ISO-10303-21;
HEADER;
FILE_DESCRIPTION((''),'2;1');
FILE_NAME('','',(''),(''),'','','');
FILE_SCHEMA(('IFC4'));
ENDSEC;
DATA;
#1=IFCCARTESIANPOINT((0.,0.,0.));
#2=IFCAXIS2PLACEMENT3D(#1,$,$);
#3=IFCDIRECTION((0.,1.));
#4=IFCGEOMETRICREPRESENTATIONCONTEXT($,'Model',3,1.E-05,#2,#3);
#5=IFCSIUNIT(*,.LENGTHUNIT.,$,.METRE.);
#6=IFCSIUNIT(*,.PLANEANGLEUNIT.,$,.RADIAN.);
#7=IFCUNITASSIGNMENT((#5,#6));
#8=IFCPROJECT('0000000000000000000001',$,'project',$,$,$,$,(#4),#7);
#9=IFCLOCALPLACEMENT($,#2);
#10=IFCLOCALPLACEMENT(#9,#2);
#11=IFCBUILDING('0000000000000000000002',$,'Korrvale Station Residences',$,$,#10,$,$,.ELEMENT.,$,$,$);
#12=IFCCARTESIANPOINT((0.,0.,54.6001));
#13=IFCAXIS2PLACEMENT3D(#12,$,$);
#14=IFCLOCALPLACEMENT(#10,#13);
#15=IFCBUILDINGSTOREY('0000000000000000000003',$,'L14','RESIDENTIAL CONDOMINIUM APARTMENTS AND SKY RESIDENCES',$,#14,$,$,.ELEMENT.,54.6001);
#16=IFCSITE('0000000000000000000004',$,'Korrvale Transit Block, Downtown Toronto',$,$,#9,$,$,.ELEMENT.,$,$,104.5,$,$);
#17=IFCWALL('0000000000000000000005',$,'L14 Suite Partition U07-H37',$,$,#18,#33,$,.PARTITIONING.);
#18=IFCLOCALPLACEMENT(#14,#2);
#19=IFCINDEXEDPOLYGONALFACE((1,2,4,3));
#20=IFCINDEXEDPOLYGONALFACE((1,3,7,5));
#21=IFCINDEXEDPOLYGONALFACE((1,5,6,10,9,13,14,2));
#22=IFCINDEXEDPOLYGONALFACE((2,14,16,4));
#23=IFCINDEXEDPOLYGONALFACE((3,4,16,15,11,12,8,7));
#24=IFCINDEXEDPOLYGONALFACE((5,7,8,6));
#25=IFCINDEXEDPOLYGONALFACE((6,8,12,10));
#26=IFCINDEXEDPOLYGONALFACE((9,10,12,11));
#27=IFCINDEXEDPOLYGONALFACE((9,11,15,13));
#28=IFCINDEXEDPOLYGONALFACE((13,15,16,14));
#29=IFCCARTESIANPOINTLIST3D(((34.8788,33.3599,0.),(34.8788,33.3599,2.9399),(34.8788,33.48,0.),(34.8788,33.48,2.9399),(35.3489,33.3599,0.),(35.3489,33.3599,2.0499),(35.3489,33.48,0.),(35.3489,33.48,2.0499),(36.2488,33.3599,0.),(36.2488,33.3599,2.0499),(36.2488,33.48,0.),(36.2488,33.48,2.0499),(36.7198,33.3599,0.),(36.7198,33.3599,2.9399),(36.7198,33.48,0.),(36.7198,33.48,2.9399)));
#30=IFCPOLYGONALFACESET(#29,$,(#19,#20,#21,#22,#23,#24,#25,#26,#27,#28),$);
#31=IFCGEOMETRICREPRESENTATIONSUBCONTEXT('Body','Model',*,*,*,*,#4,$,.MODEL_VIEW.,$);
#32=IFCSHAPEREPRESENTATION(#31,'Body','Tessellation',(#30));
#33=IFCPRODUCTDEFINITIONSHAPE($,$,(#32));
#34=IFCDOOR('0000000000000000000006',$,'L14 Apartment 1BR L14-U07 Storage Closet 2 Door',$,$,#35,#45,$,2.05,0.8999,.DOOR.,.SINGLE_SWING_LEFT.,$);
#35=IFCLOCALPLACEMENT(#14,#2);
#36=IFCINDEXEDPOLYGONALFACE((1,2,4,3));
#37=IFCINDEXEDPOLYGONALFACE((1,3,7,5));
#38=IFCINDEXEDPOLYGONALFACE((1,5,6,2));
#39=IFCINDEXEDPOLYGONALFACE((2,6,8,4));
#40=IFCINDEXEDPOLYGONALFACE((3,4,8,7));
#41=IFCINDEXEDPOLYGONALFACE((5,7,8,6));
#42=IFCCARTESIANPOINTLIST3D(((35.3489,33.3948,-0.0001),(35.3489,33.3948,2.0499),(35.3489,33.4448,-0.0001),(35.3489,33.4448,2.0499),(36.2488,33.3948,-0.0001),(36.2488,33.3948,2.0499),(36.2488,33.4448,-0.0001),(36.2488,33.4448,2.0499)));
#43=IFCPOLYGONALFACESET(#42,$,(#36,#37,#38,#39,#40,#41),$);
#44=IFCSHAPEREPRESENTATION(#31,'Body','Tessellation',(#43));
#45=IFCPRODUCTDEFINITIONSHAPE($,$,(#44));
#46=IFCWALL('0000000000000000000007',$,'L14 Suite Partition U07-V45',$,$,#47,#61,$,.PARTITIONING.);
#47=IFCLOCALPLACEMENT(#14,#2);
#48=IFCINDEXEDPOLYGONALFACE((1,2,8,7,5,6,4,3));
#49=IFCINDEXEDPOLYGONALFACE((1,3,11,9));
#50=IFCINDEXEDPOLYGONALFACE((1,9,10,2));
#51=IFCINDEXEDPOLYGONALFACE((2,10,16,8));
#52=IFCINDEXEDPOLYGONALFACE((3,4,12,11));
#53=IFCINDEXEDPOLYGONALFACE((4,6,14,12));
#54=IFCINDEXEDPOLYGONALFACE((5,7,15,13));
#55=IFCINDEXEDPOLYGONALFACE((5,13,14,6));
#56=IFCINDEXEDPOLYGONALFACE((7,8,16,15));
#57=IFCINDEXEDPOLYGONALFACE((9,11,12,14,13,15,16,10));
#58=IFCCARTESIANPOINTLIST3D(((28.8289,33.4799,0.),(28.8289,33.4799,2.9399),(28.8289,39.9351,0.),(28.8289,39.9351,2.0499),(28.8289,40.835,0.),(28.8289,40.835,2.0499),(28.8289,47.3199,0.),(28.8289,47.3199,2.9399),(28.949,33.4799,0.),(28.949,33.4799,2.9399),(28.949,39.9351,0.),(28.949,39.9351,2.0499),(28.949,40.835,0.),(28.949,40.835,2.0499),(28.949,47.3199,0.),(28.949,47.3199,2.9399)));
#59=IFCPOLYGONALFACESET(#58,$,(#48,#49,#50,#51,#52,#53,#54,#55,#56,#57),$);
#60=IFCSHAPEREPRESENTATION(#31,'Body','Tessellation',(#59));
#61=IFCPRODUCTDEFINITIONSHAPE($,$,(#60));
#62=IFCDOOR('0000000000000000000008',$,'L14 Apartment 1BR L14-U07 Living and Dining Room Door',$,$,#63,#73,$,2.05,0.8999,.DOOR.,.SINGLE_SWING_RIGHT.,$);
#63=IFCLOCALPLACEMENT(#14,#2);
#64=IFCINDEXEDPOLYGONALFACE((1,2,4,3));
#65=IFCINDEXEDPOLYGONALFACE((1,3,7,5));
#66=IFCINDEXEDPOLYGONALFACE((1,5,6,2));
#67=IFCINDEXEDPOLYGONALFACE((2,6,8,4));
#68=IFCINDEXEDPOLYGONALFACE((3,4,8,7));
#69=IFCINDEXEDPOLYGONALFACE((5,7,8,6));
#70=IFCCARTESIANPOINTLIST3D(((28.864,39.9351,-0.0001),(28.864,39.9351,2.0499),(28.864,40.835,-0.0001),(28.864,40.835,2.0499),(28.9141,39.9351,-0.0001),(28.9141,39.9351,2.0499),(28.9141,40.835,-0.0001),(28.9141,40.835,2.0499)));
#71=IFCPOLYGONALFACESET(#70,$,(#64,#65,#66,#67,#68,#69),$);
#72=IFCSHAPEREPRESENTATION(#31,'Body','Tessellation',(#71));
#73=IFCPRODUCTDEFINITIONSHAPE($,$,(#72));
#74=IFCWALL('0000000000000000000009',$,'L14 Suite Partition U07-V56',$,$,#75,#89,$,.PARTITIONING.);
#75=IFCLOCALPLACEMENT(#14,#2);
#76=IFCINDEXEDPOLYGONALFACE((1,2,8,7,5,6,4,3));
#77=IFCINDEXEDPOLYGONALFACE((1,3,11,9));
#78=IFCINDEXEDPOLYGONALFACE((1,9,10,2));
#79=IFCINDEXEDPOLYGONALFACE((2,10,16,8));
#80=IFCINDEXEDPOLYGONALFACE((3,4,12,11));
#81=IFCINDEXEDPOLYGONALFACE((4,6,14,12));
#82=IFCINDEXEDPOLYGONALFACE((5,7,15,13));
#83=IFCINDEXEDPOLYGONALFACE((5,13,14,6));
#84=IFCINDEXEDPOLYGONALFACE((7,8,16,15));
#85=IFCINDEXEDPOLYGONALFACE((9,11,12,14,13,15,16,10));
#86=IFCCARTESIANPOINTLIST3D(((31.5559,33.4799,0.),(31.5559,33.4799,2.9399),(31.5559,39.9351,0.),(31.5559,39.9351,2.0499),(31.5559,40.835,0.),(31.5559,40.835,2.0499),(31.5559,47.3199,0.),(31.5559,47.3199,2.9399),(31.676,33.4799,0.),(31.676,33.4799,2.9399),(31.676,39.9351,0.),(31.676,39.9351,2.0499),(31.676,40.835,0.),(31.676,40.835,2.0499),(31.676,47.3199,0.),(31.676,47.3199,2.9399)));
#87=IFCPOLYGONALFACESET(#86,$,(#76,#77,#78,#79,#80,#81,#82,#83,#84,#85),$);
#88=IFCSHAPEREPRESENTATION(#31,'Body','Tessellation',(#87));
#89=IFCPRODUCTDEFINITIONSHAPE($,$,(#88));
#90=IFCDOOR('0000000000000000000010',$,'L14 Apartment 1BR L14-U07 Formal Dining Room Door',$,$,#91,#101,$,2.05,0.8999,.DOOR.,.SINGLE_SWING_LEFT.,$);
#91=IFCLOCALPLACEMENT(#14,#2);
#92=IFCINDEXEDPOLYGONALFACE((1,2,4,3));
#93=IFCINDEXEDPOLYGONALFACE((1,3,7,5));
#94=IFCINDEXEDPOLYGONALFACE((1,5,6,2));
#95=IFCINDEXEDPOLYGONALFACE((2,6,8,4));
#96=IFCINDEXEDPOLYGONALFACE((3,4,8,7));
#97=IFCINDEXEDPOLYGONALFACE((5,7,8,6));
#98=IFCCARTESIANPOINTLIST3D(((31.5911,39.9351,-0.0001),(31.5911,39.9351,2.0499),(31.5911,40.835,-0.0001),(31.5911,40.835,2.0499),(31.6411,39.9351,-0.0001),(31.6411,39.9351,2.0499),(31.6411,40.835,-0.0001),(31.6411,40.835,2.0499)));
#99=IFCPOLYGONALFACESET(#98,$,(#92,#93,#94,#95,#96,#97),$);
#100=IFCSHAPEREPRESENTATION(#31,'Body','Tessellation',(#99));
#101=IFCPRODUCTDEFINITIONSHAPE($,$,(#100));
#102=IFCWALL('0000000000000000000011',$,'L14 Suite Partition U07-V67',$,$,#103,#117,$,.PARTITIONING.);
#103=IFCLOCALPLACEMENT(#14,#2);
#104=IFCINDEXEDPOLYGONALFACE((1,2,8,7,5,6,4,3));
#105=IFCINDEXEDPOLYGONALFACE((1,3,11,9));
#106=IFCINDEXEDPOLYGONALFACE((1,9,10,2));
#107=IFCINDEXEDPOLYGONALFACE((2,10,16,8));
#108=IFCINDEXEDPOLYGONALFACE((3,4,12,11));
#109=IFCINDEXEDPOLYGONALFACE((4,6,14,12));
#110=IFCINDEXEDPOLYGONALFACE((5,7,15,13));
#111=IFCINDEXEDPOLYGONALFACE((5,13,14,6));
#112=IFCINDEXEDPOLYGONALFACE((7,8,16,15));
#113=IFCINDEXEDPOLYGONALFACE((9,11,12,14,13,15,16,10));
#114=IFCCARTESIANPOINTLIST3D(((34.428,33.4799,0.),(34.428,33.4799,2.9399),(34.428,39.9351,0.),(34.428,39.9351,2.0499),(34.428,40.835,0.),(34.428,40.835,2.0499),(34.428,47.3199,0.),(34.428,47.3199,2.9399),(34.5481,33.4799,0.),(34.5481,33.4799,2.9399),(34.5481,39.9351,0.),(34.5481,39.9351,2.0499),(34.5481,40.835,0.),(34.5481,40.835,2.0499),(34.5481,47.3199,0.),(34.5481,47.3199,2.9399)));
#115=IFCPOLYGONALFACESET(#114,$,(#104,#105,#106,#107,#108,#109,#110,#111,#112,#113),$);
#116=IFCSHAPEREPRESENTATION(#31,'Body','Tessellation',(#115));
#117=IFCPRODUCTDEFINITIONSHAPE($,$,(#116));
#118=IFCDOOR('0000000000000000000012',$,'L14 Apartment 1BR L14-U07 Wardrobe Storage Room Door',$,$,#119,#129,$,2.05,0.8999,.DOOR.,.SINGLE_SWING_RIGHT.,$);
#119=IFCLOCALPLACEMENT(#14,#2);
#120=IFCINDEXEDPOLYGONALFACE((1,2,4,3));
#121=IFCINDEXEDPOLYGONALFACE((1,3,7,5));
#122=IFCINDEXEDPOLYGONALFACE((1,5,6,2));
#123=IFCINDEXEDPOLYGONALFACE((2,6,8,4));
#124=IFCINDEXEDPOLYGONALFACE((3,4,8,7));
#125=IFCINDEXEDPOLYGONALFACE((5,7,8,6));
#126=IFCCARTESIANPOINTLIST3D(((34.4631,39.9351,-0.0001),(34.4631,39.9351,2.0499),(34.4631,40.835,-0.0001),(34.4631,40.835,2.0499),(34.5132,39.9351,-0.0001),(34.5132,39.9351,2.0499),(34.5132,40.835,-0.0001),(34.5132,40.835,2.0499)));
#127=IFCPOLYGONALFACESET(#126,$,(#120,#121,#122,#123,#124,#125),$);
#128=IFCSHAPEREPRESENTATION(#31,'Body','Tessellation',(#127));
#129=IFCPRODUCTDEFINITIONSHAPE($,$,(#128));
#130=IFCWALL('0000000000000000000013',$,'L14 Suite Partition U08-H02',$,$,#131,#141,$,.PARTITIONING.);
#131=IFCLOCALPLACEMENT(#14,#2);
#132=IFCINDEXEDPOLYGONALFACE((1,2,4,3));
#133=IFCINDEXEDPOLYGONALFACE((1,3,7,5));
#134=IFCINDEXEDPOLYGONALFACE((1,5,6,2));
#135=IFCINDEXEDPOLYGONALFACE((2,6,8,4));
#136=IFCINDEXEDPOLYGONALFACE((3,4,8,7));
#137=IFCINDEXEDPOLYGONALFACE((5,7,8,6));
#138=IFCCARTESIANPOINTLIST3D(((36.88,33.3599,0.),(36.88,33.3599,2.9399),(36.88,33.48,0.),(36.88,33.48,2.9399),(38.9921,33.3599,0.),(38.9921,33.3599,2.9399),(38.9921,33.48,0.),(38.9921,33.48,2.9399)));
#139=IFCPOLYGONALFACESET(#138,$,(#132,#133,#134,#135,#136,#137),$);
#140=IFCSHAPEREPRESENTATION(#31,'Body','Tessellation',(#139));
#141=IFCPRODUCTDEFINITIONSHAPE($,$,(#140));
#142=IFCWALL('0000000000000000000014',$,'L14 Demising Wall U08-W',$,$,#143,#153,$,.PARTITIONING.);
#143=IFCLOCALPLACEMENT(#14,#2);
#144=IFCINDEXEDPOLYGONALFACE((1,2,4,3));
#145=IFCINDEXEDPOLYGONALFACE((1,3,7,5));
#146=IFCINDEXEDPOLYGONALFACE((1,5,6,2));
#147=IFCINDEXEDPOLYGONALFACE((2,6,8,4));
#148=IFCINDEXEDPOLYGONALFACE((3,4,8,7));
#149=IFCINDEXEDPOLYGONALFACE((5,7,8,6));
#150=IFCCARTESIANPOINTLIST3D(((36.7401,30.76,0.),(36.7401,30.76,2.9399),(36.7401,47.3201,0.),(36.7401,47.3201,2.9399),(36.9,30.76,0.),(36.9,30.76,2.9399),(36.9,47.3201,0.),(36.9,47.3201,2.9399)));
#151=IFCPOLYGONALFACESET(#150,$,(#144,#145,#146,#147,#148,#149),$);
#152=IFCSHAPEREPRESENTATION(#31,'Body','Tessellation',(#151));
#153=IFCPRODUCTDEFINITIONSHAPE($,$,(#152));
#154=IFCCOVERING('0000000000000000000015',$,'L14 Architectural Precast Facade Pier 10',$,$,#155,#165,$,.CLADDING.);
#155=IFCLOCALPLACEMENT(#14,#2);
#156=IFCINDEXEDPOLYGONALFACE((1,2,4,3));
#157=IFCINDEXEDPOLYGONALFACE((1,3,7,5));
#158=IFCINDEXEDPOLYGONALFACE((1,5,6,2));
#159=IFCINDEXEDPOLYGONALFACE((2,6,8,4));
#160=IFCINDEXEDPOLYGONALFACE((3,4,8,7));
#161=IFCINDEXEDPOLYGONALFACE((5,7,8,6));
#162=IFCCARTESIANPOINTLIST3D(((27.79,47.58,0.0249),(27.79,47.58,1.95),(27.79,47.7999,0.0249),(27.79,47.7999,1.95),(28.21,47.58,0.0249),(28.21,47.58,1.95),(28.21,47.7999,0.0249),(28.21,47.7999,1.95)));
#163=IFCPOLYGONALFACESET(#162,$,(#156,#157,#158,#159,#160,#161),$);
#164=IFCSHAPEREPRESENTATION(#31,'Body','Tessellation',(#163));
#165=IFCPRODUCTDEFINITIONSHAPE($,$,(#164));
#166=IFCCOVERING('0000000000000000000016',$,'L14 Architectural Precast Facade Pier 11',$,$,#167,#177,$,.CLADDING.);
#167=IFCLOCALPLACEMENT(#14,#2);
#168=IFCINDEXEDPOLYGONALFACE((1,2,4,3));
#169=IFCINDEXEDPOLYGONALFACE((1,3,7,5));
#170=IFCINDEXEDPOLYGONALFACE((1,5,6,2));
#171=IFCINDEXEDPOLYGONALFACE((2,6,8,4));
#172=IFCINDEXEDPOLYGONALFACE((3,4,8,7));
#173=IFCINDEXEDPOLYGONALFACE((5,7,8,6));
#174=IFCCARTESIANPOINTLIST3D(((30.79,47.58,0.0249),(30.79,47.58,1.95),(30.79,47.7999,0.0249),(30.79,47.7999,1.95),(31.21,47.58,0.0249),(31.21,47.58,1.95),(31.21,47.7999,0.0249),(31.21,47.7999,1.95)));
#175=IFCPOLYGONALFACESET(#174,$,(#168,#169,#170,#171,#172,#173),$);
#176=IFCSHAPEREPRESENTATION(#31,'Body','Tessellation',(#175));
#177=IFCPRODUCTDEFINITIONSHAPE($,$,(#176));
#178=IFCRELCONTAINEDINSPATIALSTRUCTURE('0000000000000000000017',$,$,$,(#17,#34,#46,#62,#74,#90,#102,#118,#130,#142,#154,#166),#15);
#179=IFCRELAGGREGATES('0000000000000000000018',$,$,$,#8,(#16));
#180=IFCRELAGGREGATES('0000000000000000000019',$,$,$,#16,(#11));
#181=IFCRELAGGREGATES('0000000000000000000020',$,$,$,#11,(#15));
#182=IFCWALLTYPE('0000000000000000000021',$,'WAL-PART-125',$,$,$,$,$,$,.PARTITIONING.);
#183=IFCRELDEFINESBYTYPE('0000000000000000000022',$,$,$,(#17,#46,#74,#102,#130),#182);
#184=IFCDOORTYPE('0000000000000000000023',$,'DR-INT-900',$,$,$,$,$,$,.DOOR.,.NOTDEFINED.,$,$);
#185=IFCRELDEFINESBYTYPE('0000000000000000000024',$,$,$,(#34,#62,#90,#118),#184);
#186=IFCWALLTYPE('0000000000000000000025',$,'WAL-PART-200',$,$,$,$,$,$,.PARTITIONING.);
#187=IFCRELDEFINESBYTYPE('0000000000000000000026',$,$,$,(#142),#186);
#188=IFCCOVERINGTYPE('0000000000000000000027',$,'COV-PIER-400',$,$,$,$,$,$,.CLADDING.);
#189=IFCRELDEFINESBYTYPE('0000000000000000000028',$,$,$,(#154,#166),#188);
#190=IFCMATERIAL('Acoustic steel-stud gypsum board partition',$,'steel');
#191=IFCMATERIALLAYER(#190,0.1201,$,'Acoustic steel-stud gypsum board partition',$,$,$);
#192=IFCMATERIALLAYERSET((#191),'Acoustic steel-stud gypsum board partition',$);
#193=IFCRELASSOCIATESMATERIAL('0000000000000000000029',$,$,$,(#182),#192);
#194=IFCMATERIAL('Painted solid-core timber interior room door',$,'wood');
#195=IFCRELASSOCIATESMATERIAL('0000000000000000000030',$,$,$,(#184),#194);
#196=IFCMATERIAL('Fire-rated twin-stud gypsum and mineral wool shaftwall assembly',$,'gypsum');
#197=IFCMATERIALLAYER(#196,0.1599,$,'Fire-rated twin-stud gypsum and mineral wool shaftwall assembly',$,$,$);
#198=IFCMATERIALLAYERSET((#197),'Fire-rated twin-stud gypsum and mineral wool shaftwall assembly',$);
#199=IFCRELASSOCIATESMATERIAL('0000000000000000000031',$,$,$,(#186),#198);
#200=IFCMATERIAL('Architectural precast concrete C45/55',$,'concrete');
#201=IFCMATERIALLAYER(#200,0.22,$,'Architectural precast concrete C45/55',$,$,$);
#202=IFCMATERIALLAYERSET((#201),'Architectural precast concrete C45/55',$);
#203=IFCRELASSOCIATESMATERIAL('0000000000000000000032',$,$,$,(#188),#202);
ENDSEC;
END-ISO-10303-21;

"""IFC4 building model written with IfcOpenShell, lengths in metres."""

from ifc_helpers import new_model, si_unit, direction, frame, frame_2d, origin, origin_2d, place, context, subcontext, project, spatial, rectangle, extrude, material, layer, layer_set, type_object, element, fill, save


model = new_model("IFC4")

# Units and contexts
model_context = context("Model", 3, precision=1e-05, world=origin(), true_north=direction((0.0, 1.0)))
body_context = subcontext(model_context, "Body", "Model", "MODEL_VIEW")
ifc_project = project(units=[si_unit("LENGTHUNIT", "METRE"), si_unit("PLANEANGLEUNIT", "RADIAN")], contexts=[model_context])

# Site, building, storey
site_placement = place(None, origin())
site = spatial("IfcSite", under=ifc_project, at=site_placement, Name="Korrvale Transit Block, Downtown Toronto", CompositionType="ELEMENT", RefElevation=104.5)
building_placement = place(site_placement, origin())
building = spatial("IfcBuilding", under=site, at=building_placement, Name="Korrvale Station Residences", CompositionType="ELEMENT")
storey_placement = place(building_placement, frame((0.0, 0.0, 54.6001)))
storey = spatial("IfcBuildingStorey", under=building, at=storey_placement, Name="L14", Description="RESIDENTIAL CONDOMINIUM APARTMENTS AND SKY RESIDENCES", CompositionType="ELEMENT", Elevation=54.6001)

# Walls, openings, doors
ifc_material_1 = material(Name="Acoustic steel-stud gypsum board partition", Category="steel")
ifc_layer_1 = layer(ifc_material_1, 0.1201, Name="Acoustic steel-stud gypsum board partition")
ifc_layer_set_1 = layer_set([ifc_layer_1], Name="Acoustic steel-stud gypsum board partition")
wall_type_1 = type_object("IfcWallType", Name="WAL-PART-125", PredefinedType="PARTITIONING", material=ifc_layer_set_1)
ifc_material_2 = material(Name="Painted solid-core timber interior room door", Category="wood")
door_type_1 = type_object("IfcDoorType", Name="DR-INT-900", OperationType="NOTDEFINED", PredefinedType="DOOR", material=ifc_material_2)
wall_1_placement = place(storey_placement, frame((34.8789, 33.4199, 0.0), z_axis=(0.0, 0.0, 1.0), x_axis=(1.0, 0.0, 0.0)))
wall_1 = element("IfcWall", 1, at=wall_1_placement, inside=storey, type_object=wall_type_1, Name="L14 Suite Partition U07-H37", PredefinedType="PARTITIONING", context=body_context, shape_type="SweptSolid", body=[
    extrude(rectangle(XDim=1.8411, YDim=0.1201, at=frame_2d((0.9204, 0.0))), origin(), (0.0, 0.0, 1.0), 2.9399),
])
opening_1_placement = place(wall_1_placement, frame((0.47, 0.0, 0.0)))
opening_1 = element("IfcOpeningElement", 2, at=opening_1_placement, cuts=wall_1, PredefinedType="OPENING", context=body_context, shape_type="SweptSolid", body=[
    extrude(rectangle(XDim=0.8999, YDim=2.05, at=frame_2d((0.45, 1.0249))), frame((0.0, 0.0701, 0.0), z_axis=(0.0, -1.0, 0.0), x_axis=(1.0, 0.0, 0.0)), (0.0, 0.0, 1.0), 0.1401),
])
door_1_placement = place(opening_1_placement, origin())
door_1 = element("IfcDoor", 3, at=door_1_placement, inside=storey, type_object=door_type_1, Name="L14 Apartment 1BR L14-U07 Storage Closet 2 Door", OperationType="SINGLE_SWING_LEFT", OverallHeight=2.05, OverallWidth=0.8999, PredefinedType="DOOR", context=body_context, shape_type="SweptSolid", body=[
    extrude(rectangle(XDim=0.8999, YDim=2.05, at=frame_2d((0.45, 1.0249))), frame((0.0, 0.0249, 0.0), z_axis=(0.0, -1.0, 0.0), x_axis=(1.0, 0.0, 0.0)), (0.0, 0.0, 1.0), 0.05),
])
fill(opening_1, door_1)
wall_2_placement = place(storey_placement, frame((28.8889, 33.48, 0.0), z_axis=(0.0, 0.0, 1.0), x_axis=(0.0, 1.0, 0.0)))
wall_2 = element("IfcWall", 4, at=wall_2_placement, inside=storey, type_object=wall_type_1, Name="L14 Suite Partition U07-V45", PredefinedType="PARTITIONING", context=body_context, shape_type="SweptSolid", body=[
    extrude(rectangle(XDim=13.8401, YDim=0.1201, at=frame_2d((6.9199, 0.0))), origin(), (0.0, 0.0, 1.0), 2.9399),
])
opening_2_placement = place(wall_2_placement, frame((6.4551, 0.0, 0.0)))
opening_2 = element("IfcOpeningElement", 5, at=opening_2_placement, cuts=wall_2, PredefinedType="OPENING", context=body_context, shape_type="SweptSolid", body=[
    extrude(rectangle(XDim=0.8999, YDim=2.05, at=frame_2d((0.45, 1.0249))), frame((0.0, 0.0701, 0.0), z_axis=(0.0, -1.0, 0.0), x_axis=(1.0, 0.0, 0.0)), (0.0, 0.0, 1.0), 0.1401),
])
door_2_placement = place(opening_2_placement, origin())
door_2 = element("IfcDoor", 6, at=door_2_placement, inside=storey, type_object=door_type_1, Name="L14 Apartment 1BR L14-U07 Living and Dining Room Door", OperationType="SINGLE_SWING_RIGHT", OverallHeight=2.05, OverallWidth=0.8999, PredefinedType="DOOR", context=body_context, shape_type="SweptSolid", body=[
    extrude(rectangle(XDim=0.8999, YDim=2.05, at=frame_2d((0.45, 1.0249))), frame((0.0, 0.0249, 0.0), z_axis=(0.0, -1.0, 0.0), x_axis=(1.0, 0.0, 0.0)), (0.0, 0.0, 1.0), 0.05),
])
fill(opening_2, door_2)
wall_3_placement = place(storey_placement, frame((31.616, 33.48, 0.0), z_axis=(0.0, 0.0, 1.0), x_axis=(0.0, 1.0, 0.0)))
wall_3 = element("IfcWall", 7, at=wall_3_placement, inside=storey, type_object=wall_type_1, Name="L14 Suite Partition U07-V56", PredefinedType="PARTITIONING", context=body_context, shape_type="SweptSolid", body=[
    extrude(rectangle(XDim=13.8401, YDim=0.1201, at=frame_2d((6.9199, 0.0))), origin(), (0.0, 0.0, 1.0), 2.9399),
])
opening_3_placement = place(wall_3_placement, frame((6.4551, 0.0, 0.0)))
opening_3 = element("IfcOpeningElement", 8, at=opening_3_placement, cuts=wall_3, PredefinedType="OPENING", context=body_context, shape_type="SweptSolid", body=[
    extrude(rectangle(XDim=0.8999, YDim=2.05, at=frame_2d((0.45, 1.0249))), frame((0.0, 0.0701, 0.0), z_axis=(0.0, -1.0, 0.0), x_axis=(1.0, 0.0, 0.0)), (0.0, 0.0, 1.0), 0.1401),
])
door_3_placement = place(opening_3_placement, origin())
door_3 = element("IfcDoor", 9, at=door_3_placement, inside=storey, type_object=door_type_1, Name="L14 Apartment 1BR L14-U07 Formal Dining Room Door", OperationType="SINGLE_SWING_LEFT", OverallHeight=2.05, OverallWidth=0.8999, PredefinedType="DOOR", context=body_context, shape_type="SweptSolid", body=[
    extrude(rectangle(XDim=0.8999, YDim=2.05, at=frame_2d((0.45, 1.0249))), frame((0.0, 0.0249, 0.0), z_axis=(0.0, -1.0, 0.0), x_axis=(1.0, 0.0, 0.0)), (0.0, 0.0, 1.0), 0.05),
])
fill(opening_3, door_3)
wall_4_placement = place(storey_placement, frame((34.488, 33.48, 0.0), z_axis=(0.0, 0.0, 1.0), x_axis=(0.0, 1.0, 0.0)))
wall_4 = element("IfcWall", 10, at=wall_4_placement, inside=storey, type_object=wall_type_1, Name="L14 Suite Partition U07-V67", PredefinedType="PARTITIONING", context=body_context, shape_type="SweptSolid", body=[
    extrude(rectangle(XDim=13.8401, YDim=0.1201, at=frame_2d((6.9199, 0.0))), origin(), (0.0, 0.0, 1.0), 2.9399),
])
opening_4_placement = place(wall_4_placement, frame((6.4551, 0.0, 0.0)))
opening_4 = element("IfcOpeningElement", 11, at=opening_4_placement, cuts=wall_4, PredefinedType="OPENING", context=body_context, shape_type="SweptSolid", body=[
    extrude(rectangle(XDim=0.8999, YDim=2.05, at=frame_2d((0.45, 1.0249))), frame((0.0, 0.0701, 0.0), z_axis=(0.0, -1.0, 0.0), x_axis=(1.0, 0.0, 0.0)), (0.0, 0.0, 1.0), 0.1401),
])
door_4_placement = place(opening_4_placement, origin())
door_4 = element("IfcDoor", 12, at=door_4_placement, inside=storey, type_object=door_type_1, Name="L14 Apartment 1BR L14-U07 Wardrobe Storage Room Door", OperationType="SINGLE_SWING_RIGHT", OverallHeight=2.05, OverallWidth=0.8999, PredefinedType="DOOR", context=body_context, shape_type="SweptSolid", body=[
    extrude(rectangle(XDim=0.8999, YDim=2.05, at=frame_2d((0.45, 1.0249))), frame((0.0, 0.0249, 0.0), z_axis=(0.0, -1.0, 0.0), x_axis=(1.0, 0.0, 0.0)), (0.0, 0.0, 1.0), 0.05),
])
fill(opening_4, door_4)

# Walls
wall_5_placement = place(storey_placement, frame((36.8799, 33.4199, 0.0), z_axis=(0.0, 0.0, 1.0), x_axis=(1.0, 0.0, 0.0)))
element("IfcWall", 13, at=wall_5_placement, inside=storey, type_object=wall_type_1, Name="L14 Suite Partition U08-H02", PredefinedType="PARTITIONING", context=body_context, shape_type="SweptSolid", body=[
    extrude(rectangle(XDim=2.1121, YDim=0.1201, at=frame_2d((1.0562, 0.0))), origin(), (0.0, 0.0, 1.0), 2.9399),
])
ifc_material_3 = material(Name="Fire-rated twin-stud gypsum and mineral wool shaftwall assembly", Category="gypsum")
ifc_layer_2 = layer(ifc_material_3, 0.1599, Name="Fire-rated twin-stud gypsum and mineral wool shaftwall assembly")
ifc_layer_set_2 = layer_set([ifc_layer_2], Name="Fire-rated twin-stud gypsum and mineral wool shaftwall assembly")
wall_type_2 = type_object("IfcWallType", Name="WAL-PART-200", PredefinedType="PARTITIONING", material=ifc_layer_set_2)
wall_6_placement = place(storey_placement, frame((36.8201, 30.76, 0.0), z_axis=(0.0, 0.0, 1.0), x_axis=(0.0, 1.0, 0.0)))
element("IfcWall", 14, at=wall_6_placement, inside=storey, type_object=wall_type_2, Name="L14 Demising Wall U08-W", PredefinedType="PARTITIONING", context=body_context, shape_type="SweptSolid", body=[
    extrude(rectangle(XDim=16.5601, YDim=0.1599, at=frame_2d((8.28, 0.0))), origin(), (0.0, 0.0, 1.0), 2.9399),
])

# Coverings
ifc_material_4 = material(Name="Architectural precast concrete C45/55", Category="concrete")
ifc_layer_3 = layer(ifc_material_4, 0.22, Name="Architectural precast concrete C45/55")
ifc_layer_set_3 = layer_set([ifc_layer_3], Name="Architectural precast concrete C45/55")
covering_type = type_object("IfcCoveringType", Name="COV-PIER-400", PredefinedType="CLADDING", material=ifc_layer_set_3)
for number, where, z_axis, x_axis, name in (
    (15, (28.0, 47.6899, 0.0249), (0.0, 0.0, 1.0), (1.0, 0.0, 0.0), "L14 Architectural Precast Facade Pier 10"),
    (16, (31.0, 47.6899, 0.0249), (0.0, 0.0, 1.0), (1.0, 0.0, 0.0), "L14 Architectural Precast Facade Pier 11"),
):
    element("IfcCovering", number, at=place(storey_placement, frame(where, z_axis=z_axis, x_axis=x_axis)), inside=storey, type_object=covering_type, Name=name, PredefinedType="CLADDING", context=body_context, shape_type="SweptSolid", body=[
        extrude(rectangle(XDim=0.4199, YDim=0.22, at=origin_2d()), origin(), (0.0, 0.0, 1.0), 1.925),
    ])

save(model, "model.ifc")
